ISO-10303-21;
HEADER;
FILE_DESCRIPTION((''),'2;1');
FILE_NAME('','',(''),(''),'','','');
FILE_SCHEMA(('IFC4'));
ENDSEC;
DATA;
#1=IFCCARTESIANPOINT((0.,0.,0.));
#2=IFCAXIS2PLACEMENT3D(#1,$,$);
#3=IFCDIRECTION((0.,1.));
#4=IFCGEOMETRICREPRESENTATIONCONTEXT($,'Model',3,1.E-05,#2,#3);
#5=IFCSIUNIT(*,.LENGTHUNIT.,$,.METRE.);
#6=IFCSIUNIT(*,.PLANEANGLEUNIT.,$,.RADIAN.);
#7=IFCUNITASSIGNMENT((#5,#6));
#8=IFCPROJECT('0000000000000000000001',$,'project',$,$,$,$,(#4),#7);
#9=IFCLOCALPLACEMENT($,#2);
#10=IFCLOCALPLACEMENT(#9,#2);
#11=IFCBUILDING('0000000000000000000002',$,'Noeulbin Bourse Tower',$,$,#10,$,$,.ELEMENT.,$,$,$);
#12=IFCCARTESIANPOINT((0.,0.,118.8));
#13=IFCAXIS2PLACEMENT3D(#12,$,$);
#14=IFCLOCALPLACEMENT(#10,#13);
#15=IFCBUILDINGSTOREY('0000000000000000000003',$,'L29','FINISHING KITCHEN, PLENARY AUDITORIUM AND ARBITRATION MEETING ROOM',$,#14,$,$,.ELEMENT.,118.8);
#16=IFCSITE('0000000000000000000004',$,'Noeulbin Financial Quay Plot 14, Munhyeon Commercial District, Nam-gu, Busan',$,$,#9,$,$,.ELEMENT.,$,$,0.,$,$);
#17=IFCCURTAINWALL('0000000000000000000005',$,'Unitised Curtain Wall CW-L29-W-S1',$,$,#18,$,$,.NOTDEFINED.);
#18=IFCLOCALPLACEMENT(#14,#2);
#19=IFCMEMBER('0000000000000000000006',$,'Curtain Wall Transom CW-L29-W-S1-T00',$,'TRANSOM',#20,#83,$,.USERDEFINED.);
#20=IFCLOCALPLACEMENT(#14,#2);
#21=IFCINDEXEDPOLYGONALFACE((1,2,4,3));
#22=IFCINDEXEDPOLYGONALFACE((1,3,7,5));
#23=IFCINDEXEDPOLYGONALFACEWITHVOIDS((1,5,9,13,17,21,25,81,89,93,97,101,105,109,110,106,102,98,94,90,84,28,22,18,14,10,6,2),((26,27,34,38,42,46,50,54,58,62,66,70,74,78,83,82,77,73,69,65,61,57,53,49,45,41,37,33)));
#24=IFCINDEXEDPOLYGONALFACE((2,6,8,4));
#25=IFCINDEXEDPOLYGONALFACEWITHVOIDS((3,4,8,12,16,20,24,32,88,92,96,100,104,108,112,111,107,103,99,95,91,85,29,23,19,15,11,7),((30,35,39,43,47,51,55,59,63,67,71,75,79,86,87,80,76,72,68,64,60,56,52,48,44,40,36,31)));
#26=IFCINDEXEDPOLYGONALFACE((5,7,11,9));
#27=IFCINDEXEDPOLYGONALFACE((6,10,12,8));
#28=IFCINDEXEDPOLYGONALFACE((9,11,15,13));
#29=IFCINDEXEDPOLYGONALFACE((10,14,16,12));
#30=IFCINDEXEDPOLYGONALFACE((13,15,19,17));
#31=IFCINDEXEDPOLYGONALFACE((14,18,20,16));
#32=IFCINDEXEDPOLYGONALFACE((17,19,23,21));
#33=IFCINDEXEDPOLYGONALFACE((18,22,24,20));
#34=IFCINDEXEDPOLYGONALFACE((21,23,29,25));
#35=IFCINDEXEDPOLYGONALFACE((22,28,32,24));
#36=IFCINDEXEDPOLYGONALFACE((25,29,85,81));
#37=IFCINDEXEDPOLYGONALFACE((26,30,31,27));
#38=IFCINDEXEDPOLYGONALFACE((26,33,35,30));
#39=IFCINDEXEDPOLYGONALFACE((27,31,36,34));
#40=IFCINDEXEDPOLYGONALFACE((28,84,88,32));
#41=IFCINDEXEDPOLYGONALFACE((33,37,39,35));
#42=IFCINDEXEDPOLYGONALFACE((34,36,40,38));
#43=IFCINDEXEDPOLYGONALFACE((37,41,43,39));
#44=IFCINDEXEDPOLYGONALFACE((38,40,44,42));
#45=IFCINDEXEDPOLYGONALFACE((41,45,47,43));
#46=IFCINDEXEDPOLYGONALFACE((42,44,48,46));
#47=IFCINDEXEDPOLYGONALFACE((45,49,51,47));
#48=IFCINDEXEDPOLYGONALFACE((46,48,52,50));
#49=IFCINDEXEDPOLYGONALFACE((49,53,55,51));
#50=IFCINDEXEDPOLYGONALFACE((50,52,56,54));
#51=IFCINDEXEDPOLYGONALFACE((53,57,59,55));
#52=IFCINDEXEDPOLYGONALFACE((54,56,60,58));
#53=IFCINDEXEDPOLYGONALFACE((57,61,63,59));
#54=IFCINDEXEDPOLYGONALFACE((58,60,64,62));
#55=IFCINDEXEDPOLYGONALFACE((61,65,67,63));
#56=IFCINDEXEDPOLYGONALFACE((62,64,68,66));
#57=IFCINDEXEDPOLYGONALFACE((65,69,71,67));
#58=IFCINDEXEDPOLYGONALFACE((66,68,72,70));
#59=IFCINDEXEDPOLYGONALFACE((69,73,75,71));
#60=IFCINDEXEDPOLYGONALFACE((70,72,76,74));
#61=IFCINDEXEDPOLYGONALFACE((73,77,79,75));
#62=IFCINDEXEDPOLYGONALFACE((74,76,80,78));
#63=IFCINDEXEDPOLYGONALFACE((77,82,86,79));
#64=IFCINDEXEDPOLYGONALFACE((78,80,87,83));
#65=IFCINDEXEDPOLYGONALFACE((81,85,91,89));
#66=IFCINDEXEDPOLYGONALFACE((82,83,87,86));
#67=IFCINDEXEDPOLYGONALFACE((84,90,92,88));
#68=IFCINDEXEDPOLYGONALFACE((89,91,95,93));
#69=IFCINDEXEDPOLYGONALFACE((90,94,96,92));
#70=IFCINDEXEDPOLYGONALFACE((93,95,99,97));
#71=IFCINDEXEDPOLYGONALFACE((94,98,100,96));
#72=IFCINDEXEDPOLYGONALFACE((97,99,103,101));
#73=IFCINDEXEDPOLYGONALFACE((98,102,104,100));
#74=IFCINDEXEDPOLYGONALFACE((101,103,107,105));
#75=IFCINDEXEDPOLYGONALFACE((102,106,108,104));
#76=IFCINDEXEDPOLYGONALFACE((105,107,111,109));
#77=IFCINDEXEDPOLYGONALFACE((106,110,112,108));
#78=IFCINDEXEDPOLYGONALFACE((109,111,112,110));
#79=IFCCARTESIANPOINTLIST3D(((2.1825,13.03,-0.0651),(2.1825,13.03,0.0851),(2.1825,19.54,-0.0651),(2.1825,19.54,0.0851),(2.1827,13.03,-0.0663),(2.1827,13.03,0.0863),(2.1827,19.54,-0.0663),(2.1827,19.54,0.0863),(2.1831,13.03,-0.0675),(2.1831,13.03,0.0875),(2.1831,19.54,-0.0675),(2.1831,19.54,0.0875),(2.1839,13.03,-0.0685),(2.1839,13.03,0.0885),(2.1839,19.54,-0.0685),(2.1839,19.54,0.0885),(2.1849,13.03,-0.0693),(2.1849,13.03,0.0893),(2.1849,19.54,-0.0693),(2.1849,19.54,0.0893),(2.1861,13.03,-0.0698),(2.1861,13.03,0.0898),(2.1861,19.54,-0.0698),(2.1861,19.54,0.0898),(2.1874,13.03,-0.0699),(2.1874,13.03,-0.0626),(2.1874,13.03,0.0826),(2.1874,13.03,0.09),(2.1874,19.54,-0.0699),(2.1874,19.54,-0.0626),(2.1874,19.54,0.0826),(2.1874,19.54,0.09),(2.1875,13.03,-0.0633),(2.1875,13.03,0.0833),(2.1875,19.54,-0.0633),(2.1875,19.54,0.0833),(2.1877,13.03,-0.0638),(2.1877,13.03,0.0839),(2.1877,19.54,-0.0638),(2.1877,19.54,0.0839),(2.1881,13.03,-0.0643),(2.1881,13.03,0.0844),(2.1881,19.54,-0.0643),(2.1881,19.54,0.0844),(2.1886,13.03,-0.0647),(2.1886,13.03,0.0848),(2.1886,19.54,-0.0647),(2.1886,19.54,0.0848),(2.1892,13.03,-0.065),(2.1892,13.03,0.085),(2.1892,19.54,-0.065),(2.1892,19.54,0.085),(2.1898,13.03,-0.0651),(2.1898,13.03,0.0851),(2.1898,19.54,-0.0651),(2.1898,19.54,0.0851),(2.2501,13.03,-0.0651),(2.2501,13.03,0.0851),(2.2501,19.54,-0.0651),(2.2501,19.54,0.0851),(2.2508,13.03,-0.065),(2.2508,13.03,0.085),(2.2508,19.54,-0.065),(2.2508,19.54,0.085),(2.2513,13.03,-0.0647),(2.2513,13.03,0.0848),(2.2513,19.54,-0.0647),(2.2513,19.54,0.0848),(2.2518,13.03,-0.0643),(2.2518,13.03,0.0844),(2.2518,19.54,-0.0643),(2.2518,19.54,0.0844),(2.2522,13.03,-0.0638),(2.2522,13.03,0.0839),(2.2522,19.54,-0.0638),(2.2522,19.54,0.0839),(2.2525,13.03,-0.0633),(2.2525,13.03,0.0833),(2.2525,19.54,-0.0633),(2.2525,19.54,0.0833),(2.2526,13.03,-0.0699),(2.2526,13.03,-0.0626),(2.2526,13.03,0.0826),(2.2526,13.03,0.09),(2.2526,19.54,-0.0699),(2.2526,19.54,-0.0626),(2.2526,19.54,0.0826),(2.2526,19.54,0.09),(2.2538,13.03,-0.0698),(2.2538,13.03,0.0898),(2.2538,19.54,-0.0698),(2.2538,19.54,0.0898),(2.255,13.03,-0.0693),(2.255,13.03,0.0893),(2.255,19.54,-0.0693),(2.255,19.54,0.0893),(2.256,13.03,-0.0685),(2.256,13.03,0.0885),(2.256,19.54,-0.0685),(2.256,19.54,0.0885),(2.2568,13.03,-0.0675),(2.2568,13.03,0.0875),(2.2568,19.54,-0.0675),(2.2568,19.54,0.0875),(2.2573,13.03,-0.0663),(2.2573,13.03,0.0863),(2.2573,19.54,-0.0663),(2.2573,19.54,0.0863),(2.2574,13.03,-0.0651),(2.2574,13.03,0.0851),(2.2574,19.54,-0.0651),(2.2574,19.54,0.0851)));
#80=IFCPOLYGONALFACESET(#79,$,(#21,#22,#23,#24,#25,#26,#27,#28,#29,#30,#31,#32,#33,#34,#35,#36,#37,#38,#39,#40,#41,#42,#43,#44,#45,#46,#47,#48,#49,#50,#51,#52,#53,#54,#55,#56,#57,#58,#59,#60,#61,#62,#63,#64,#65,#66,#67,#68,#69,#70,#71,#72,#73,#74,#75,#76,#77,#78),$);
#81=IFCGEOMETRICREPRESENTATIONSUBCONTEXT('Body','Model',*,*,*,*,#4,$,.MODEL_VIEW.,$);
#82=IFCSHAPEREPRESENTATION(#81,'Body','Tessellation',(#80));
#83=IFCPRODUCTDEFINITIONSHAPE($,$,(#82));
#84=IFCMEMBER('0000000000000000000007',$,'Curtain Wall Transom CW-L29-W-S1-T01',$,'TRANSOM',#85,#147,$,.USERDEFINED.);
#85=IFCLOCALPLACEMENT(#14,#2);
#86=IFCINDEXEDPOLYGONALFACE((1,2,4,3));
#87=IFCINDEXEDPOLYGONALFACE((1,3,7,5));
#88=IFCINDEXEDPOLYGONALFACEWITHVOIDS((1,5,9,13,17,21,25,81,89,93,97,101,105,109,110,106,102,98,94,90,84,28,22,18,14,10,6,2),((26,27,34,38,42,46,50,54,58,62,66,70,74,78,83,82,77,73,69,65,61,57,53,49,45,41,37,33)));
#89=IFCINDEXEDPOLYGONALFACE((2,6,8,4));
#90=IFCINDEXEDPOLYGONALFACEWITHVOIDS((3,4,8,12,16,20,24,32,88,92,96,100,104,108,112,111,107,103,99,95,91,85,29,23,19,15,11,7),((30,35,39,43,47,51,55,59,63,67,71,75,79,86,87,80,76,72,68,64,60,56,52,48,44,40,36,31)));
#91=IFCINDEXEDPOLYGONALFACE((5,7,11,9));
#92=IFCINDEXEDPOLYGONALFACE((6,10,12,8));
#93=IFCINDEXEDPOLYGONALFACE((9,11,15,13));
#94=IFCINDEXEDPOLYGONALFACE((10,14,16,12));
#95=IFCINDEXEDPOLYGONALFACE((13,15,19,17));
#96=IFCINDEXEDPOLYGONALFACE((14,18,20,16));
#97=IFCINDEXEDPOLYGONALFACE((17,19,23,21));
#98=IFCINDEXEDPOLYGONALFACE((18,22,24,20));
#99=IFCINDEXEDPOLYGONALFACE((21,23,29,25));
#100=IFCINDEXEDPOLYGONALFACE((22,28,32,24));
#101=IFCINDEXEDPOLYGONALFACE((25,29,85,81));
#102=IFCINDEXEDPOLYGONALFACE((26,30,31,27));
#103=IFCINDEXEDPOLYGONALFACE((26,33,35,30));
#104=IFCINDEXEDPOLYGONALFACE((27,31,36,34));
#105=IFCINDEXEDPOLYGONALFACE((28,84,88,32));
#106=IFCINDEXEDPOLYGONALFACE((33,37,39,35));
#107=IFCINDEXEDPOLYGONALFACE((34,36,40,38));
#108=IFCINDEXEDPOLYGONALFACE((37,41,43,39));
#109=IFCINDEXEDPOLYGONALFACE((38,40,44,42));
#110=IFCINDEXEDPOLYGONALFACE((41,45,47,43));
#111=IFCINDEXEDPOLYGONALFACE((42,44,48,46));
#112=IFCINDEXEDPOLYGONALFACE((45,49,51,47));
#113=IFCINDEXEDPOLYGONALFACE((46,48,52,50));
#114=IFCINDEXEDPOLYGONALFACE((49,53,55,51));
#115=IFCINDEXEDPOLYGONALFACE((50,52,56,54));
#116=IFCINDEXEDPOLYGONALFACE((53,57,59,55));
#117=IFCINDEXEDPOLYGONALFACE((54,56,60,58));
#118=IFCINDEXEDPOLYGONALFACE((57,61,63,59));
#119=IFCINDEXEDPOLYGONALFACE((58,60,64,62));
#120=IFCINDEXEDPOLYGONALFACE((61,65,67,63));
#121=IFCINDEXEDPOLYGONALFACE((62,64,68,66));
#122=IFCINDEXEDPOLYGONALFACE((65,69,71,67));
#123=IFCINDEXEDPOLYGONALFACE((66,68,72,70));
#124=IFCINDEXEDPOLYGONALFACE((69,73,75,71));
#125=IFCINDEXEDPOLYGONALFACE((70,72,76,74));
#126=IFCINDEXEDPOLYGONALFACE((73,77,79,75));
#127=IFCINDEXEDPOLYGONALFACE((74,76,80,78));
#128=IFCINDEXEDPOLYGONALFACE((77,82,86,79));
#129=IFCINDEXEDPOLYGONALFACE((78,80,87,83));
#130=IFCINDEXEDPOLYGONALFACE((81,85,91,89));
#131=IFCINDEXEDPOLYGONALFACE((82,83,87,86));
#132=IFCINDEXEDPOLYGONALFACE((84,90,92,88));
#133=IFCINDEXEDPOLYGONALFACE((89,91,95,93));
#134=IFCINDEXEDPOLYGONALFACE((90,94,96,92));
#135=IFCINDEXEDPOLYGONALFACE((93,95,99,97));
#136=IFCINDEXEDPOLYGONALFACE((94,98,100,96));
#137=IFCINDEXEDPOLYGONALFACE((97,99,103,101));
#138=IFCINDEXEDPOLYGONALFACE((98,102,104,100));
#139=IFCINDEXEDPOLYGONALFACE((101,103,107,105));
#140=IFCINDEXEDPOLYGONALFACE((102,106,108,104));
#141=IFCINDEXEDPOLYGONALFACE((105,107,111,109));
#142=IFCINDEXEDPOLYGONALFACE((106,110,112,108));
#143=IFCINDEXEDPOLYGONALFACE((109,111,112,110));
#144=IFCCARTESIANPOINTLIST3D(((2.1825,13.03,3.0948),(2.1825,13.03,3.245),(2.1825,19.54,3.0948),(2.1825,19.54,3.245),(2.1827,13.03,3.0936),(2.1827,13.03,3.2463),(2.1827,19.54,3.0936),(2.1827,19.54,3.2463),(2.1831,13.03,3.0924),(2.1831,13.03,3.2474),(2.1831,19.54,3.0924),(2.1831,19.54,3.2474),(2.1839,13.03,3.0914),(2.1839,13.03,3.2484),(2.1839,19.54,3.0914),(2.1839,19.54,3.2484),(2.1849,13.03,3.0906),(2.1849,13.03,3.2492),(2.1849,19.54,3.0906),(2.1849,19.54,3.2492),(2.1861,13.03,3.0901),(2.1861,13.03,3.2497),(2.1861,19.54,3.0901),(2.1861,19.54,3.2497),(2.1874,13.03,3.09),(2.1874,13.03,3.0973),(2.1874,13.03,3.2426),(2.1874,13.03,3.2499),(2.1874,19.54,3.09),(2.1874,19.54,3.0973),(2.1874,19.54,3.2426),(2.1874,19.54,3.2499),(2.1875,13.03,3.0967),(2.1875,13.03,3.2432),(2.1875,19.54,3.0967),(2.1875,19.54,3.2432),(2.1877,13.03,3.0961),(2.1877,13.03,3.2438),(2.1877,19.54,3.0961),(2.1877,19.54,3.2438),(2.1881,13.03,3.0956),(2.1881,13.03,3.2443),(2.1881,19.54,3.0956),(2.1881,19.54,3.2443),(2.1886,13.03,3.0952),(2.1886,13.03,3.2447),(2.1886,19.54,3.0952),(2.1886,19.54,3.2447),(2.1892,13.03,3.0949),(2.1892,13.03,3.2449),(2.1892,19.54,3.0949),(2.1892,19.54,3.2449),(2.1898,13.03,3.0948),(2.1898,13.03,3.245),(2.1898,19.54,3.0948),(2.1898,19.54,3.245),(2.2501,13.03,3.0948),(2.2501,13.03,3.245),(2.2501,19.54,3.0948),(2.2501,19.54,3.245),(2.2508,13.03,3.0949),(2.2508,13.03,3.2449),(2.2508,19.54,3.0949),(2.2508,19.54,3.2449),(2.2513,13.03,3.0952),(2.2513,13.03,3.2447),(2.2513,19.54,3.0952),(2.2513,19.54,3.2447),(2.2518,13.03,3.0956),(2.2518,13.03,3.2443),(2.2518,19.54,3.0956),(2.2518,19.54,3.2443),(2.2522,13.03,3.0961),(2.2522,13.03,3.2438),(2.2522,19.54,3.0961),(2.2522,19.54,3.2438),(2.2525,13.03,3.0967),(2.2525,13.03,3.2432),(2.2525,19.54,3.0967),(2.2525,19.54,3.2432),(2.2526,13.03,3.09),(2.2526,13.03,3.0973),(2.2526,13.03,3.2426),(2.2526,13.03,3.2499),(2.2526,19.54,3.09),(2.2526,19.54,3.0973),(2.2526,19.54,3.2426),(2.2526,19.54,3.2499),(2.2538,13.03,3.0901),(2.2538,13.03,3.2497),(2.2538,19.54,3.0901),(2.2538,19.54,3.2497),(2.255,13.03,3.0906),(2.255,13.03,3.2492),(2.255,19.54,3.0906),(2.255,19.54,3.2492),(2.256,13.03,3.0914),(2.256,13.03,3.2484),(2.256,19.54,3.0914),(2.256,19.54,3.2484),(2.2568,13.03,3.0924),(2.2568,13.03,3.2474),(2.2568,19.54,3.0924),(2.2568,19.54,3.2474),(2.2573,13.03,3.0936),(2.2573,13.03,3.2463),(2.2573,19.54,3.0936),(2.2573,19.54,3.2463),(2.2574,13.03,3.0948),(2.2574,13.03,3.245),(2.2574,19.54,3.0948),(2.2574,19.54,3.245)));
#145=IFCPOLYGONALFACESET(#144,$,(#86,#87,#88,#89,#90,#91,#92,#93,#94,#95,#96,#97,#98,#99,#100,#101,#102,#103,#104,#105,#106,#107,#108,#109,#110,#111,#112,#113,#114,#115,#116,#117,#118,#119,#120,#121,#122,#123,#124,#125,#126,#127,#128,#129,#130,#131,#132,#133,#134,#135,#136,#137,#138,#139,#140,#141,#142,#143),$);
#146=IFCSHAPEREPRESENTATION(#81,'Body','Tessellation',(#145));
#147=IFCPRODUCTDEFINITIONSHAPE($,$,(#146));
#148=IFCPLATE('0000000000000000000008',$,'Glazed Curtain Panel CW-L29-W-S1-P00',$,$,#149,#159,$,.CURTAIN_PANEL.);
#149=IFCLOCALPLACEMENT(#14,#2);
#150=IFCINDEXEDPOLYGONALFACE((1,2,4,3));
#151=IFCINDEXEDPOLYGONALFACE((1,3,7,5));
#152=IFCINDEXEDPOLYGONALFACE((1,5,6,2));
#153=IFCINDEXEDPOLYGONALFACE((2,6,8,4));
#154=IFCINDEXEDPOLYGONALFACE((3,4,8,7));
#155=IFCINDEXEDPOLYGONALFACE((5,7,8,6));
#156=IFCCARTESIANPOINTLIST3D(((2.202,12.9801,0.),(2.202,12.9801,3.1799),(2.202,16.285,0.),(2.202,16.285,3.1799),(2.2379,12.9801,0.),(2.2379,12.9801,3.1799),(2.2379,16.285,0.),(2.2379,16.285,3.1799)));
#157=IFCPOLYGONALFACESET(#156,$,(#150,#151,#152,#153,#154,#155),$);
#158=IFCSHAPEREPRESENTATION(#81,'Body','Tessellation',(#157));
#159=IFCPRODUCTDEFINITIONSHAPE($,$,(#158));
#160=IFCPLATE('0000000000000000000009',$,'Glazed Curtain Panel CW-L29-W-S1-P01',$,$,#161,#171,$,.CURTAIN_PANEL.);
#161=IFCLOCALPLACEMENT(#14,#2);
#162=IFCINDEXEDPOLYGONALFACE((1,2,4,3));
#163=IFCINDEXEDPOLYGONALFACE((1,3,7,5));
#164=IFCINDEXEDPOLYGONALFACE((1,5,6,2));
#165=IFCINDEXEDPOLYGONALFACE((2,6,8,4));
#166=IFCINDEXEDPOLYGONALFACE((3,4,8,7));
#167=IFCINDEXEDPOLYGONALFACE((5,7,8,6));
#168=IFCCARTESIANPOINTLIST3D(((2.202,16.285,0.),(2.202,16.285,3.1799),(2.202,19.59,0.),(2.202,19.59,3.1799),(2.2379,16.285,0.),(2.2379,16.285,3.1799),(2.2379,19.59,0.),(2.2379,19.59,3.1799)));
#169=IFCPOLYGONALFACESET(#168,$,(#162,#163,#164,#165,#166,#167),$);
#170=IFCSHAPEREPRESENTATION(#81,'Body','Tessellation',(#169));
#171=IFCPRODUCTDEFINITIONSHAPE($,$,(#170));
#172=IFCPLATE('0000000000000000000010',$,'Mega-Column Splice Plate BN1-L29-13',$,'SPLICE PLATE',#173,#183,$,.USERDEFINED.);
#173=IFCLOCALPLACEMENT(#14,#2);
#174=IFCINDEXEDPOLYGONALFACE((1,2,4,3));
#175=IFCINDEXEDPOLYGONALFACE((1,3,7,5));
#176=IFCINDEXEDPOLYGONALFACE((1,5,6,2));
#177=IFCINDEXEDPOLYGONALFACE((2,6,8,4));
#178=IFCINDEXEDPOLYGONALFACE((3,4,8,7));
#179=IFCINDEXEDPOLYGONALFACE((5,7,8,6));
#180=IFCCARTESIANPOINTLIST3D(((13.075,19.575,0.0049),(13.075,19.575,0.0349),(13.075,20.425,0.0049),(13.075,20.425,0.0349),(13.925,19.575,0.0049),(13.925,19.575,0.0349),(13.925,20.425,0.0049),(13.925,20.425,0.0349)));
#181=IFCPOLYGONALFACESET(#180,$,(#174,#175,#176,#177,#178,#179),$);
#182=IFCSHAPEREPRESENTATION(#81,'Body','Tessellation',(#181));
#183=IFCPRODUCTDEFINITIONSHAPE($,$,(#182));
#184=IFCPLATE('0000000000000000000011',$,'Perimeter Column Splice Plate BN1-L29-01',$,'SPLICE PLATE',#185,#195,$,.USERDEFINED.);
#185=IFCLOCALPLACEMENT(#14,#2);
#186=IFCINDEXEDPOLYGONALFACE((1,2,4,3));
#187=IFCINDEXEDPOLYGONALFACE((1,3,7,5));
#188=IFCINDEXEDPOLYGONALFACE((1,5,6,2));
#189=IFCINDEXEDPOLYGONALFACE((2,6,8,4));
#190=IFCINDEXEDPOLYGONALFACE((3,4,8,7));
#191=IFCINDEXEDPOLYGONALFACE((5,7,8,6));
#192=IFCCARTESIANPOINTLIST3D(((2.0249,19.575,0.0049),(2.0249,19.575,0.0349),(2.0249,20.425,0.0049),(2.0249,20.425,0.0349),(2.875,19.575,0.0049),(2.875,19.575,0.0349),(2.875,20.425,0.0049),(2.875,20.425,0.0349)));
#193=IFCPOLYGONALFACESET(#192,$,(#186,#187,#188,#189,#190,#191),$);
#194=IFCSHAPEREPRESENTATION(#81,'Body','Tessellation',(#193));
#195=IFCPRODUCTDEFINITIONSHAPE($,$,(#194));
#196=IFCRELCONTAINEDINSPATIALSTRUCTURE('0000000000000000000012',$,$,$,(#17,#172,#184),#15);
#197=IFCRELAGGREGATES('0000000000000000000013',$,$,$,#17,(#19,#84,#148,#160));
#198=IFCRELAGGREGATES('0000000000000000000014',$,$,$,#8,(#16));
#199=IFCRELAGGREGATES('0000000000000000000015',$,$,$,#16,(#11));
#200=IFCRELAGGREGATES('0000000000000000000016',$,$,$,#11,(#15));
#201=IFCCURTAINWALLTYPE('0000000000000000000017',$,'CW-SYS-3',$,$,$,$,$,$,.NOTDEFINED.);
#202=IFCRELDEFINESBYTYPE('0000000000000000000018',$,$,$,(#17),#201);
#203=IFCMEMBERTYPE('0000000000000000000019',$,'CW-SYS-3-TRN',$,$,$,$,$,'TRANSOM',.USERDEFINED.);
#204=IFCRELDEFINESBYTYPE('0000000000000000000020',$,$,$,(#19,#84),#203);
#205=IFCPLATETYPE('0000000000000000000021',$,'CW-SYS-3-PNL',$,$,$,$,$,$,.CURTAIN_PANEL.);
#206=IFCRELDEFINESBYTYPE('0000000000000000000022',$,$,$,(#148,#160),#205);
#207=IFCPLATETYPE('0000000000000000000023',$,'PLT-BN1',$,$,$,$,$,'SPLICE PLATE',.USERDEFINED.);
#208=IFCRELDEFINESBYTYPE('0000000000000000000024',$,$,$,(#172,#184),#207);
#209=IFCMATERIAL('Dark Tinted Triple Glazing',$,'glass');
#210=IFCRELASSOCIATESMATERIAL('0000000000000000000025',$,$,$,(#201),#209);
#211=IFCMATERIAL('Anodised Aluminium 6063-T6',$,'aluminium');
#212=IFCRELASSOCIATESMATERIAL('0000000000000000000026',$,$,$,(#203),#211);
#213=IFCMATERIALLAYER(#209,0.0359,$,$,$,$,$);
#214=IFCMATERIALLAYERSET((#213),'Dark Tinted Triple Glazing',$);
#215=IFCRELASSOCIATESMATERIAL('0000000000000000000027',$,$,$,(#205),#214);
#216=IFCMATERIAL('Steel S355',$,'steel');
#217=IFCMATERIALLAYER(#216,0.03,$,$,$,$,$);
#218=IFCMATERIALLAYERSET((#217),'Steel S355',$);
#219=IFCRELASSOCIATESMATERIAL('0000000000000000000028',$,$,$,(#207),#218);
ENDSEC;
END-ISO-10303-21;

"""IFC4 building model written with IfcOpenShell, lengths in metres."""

from ifc_helpers import new_model, si_unit, direction, frame, origin, origin_2d, place, context, subcontext, project, spatial, rectangle, hollow_rectangle, extrude, material, layer, layer_set, material_profile, profile_set, type_object, element, aggregate, save


model = new_model("IFC4")

# Units and contexts
model_context = context("Model", 3, precision=1e-05, world=origin(), true_north=direction((0.0, 1.0)))
body_context = subcontext(model_context, "Body", "Model", "MODEL_VIEW")
ifc_project = project(units=[si_unit("LENGTHUNIT", "METRE"), si_unit("PLANEANGLEUNIT", "RADIAN")], contexts=[model_context])

# Site, building, storey
site_placement = place(None, origin())
site = spatial("IfcSite", under=ifc_project, at=site_placement, Name="Noeulbin Financial Quay Plot 14, Munhyeon Commercial District, Nam-gu, Busan", CompositionType="ELEMENT", RefElevation=0.0)
building_placement = place(site_placement, origin())
building = spatial("IfcBuilding", under=site, at=building_placement, Name="Noeulbin Bourse Tower", CompositionType="ELEMENT")
storey_placement = place(building_placement, frame((0.0, 0.0, 118.8)))
storey = spatial("IfcBuildingStorey", under=building, at=storey_placement, Name="L29", Description="FINISHING KITCHEN, PLENARY AUDITORIUM AND ARBITRATION MEETING ROOM", CompositionType="ELEMENT", Elevation=118.8)

# Shared definitions
ifc_material_1 = material(Name="Steel S355", Category="steel")

# Curtain wall, members, plates
ifc_material_2 = material(Name="Dark Tinted Triple Glazing", Category="glass")
curtain_wall_type = type_object("IfcCurtainWallType", Name="CW-SYS-3", PredefinedType="NOTDEFINED", material=ifc_material_2)
curtain_wall_placement = place(storey_placement, origin())
curtain_wall = element("IfcCurtainWall", 1, at=curtain_wall_placement, inside=storey, type_object=curtain_wall_type, Name="Unitised Curtain Wall CW-L29-W-S1", PredefinedType="NOTDEFINED")
ifc_material_3 = material(Name="Anodised Aluminium 6063-T6", Category="aluminium")
ifc_material_profile_1 = material_profile(ifc_material_3, hollow_rectangle(XDim=0.075, YDim=0.1599, WallThickness=0.0049, InnerFilletRadius=0.0024, OuterFilletRadius=0.0049, at=origin_2d()), Name="ALU-TRAN-75x160x5", Category="LoadBearing")
ifc_profile_set_1 = profile_set([ifc_material_profile_1], Name="Anodised Aluminium 6063-T6")
member_type_1 = type_object("IfcMemberType", Name="CW-SYS-3-TRN", ElementType="TRANSOM", PredefinedType="USERDEFINED", material=ifc_profile_set_1)
member_1_placement = place(storey_placement, frame((2.22, 13.03, 0.01), z_axis=(0.0, 1.0, 0.0), x_axis=(-1.0, 0.0, 0.0)))
member_1 = element("IfcMember", 2, at=member_1_placement, type_object=member_type_1, Name="Curtain Wall Transom CW-L29-W-S1-T00", ObjectType="TRANSOM", PredefinedType="USERDEFINED", context=body_context, shape_type="SweptSolid", body=[
    extrude(hollow_rectangle(XDim=0.075, YDim=0.1599, WallThickness=0.0049, InnerFilletRadius=0.0024, OuterFilletRadius=0.0049, at=origin_2d()), origin(), (0.0, 0.0, 1.0), 6.51),
])
member_2_placement = place(storey_placement, frame((2.22, 13.03, 3.1699), z_axis=(0.0, 1.0, 0.0), x_axis=(-1.0, 0.0, 0.0)))
member_2 = element("IfcMember", 3, at=member_2_placement, type_object=member_type_1, Name="Curtain Wall Transom CW-L29-W-S1-T01", ObjectType="TRANSOM", PredefinedType="USERDEFINED", context=body_context, shape_type="SweptSolid", body=[
    extrude(hollow_rectangle(XDim=0.075, YDim=0.1599, WallThickness=0.0049, InnerFilletRadius=0.0024, OuterFilletRadius=0.0049, at=origin_2d()), origin(), (0.0, 0.0, 1.0), 6.51),
])
ifc_layer_1 = layer(ifc_material_2, 0.0359)
ifc_layer_set_1 = layer_set([ifc_layer_1], Name="Dark Tinted Triple Glazing")
plate_type_1 = type_object("IfcPlateType", Name="CW-SYS-3-PNL", PredefinedType="CURTAIN_PANEL", material=ifc_layer_set_1)
plate_1_placement = place(storey_placement, frame((2.22, 14.6326, 0.0), z_axis=(0.0, 0.0, 1.0), x_axis=(0.0, 1.0, 0.0)))
plate_1 = element("IfcPlate", 4, at=plate_1_placement, type_object=plate_type_1, Name="Glazed Curtain Panel CW-L29-W-S1-P00", PredefinedType="CURTAIN_PANEL", context=body_context, shape_type="SweptSolid", body=[
    extrude(rectangle(XDim=3.3049, YDim=0.0359, at=origin_2d()), origin(), (0.0, 0.0, 1.0), 3.1799),
])
plate_2_placement = place(storey_placement, frame((2.22, 17.9375, 0.0), z_axis=(0.0, 0.0, 1.0), x_axis=(0.0, 1.0, 0.0)))
plate_2 = element("IfcPlate", 5, at=plate_2_placement, type_object=plate_type_1, Name="Glazed Curtain Panel CW-L29-W-S1-P01", PredefinedType="CURTAIN_PANEL", context=body_context, shape_type="SweptSolid", body=[
    extrude(rectangle(XDim=3.3049, YDim=0.0359, at=origin_2d()), origin(), (0.0, 0.0, 1.0), 3.1799),
])
aggregate(curtain_wall, [member_1, member_2, plate_1, plate_2])

# Plates
ifc_layer_2 = layer(ifc_material_1, 0.03)
ifc_layer_set_2 = layer_set([ifc_layer_2], Name="Steel S355")
plate_type_2 = type_object("IfcPlateType", Name="PLT-BN1", ElementType="SPLICE PLATE", PredefinedType="USERDEFINED", material=ifc_layer_set_2)
for number, where, z_axis, x_axis, name in (
    (6, (13.5, 20.0, 0.0049), (0.0, 0.0, 1.0), (1.0, 0.0, 0.0), "Mega-Column Splice Plate BN1-L29-13"),
    (7, (2.45, 20.0, 0.0049), (0.0, 0.0, 1.0), (1.0, 0.0, 0.0), "Perimeter Column Splice Plate BN1-L29-01"),
):
    element("IfcPlate", number, at=place(storey_placement, frame(where, z_axis=z_axis, x_axis=x_axis)), inside=storey, type_object=plate_type_2, Name=name, ObjectType="SPLICE PLATE", PredefinedType="USERDEFINED", context=body_context, shape_type="SweptSolid", body=[
        extrude(rectangle(XDim=0.8501, YDim=0.8501, at=origin_2d()), origin(), (0.0, 0.0, 1.0), 0.03),
    ])

save(model, "model.ifc")
